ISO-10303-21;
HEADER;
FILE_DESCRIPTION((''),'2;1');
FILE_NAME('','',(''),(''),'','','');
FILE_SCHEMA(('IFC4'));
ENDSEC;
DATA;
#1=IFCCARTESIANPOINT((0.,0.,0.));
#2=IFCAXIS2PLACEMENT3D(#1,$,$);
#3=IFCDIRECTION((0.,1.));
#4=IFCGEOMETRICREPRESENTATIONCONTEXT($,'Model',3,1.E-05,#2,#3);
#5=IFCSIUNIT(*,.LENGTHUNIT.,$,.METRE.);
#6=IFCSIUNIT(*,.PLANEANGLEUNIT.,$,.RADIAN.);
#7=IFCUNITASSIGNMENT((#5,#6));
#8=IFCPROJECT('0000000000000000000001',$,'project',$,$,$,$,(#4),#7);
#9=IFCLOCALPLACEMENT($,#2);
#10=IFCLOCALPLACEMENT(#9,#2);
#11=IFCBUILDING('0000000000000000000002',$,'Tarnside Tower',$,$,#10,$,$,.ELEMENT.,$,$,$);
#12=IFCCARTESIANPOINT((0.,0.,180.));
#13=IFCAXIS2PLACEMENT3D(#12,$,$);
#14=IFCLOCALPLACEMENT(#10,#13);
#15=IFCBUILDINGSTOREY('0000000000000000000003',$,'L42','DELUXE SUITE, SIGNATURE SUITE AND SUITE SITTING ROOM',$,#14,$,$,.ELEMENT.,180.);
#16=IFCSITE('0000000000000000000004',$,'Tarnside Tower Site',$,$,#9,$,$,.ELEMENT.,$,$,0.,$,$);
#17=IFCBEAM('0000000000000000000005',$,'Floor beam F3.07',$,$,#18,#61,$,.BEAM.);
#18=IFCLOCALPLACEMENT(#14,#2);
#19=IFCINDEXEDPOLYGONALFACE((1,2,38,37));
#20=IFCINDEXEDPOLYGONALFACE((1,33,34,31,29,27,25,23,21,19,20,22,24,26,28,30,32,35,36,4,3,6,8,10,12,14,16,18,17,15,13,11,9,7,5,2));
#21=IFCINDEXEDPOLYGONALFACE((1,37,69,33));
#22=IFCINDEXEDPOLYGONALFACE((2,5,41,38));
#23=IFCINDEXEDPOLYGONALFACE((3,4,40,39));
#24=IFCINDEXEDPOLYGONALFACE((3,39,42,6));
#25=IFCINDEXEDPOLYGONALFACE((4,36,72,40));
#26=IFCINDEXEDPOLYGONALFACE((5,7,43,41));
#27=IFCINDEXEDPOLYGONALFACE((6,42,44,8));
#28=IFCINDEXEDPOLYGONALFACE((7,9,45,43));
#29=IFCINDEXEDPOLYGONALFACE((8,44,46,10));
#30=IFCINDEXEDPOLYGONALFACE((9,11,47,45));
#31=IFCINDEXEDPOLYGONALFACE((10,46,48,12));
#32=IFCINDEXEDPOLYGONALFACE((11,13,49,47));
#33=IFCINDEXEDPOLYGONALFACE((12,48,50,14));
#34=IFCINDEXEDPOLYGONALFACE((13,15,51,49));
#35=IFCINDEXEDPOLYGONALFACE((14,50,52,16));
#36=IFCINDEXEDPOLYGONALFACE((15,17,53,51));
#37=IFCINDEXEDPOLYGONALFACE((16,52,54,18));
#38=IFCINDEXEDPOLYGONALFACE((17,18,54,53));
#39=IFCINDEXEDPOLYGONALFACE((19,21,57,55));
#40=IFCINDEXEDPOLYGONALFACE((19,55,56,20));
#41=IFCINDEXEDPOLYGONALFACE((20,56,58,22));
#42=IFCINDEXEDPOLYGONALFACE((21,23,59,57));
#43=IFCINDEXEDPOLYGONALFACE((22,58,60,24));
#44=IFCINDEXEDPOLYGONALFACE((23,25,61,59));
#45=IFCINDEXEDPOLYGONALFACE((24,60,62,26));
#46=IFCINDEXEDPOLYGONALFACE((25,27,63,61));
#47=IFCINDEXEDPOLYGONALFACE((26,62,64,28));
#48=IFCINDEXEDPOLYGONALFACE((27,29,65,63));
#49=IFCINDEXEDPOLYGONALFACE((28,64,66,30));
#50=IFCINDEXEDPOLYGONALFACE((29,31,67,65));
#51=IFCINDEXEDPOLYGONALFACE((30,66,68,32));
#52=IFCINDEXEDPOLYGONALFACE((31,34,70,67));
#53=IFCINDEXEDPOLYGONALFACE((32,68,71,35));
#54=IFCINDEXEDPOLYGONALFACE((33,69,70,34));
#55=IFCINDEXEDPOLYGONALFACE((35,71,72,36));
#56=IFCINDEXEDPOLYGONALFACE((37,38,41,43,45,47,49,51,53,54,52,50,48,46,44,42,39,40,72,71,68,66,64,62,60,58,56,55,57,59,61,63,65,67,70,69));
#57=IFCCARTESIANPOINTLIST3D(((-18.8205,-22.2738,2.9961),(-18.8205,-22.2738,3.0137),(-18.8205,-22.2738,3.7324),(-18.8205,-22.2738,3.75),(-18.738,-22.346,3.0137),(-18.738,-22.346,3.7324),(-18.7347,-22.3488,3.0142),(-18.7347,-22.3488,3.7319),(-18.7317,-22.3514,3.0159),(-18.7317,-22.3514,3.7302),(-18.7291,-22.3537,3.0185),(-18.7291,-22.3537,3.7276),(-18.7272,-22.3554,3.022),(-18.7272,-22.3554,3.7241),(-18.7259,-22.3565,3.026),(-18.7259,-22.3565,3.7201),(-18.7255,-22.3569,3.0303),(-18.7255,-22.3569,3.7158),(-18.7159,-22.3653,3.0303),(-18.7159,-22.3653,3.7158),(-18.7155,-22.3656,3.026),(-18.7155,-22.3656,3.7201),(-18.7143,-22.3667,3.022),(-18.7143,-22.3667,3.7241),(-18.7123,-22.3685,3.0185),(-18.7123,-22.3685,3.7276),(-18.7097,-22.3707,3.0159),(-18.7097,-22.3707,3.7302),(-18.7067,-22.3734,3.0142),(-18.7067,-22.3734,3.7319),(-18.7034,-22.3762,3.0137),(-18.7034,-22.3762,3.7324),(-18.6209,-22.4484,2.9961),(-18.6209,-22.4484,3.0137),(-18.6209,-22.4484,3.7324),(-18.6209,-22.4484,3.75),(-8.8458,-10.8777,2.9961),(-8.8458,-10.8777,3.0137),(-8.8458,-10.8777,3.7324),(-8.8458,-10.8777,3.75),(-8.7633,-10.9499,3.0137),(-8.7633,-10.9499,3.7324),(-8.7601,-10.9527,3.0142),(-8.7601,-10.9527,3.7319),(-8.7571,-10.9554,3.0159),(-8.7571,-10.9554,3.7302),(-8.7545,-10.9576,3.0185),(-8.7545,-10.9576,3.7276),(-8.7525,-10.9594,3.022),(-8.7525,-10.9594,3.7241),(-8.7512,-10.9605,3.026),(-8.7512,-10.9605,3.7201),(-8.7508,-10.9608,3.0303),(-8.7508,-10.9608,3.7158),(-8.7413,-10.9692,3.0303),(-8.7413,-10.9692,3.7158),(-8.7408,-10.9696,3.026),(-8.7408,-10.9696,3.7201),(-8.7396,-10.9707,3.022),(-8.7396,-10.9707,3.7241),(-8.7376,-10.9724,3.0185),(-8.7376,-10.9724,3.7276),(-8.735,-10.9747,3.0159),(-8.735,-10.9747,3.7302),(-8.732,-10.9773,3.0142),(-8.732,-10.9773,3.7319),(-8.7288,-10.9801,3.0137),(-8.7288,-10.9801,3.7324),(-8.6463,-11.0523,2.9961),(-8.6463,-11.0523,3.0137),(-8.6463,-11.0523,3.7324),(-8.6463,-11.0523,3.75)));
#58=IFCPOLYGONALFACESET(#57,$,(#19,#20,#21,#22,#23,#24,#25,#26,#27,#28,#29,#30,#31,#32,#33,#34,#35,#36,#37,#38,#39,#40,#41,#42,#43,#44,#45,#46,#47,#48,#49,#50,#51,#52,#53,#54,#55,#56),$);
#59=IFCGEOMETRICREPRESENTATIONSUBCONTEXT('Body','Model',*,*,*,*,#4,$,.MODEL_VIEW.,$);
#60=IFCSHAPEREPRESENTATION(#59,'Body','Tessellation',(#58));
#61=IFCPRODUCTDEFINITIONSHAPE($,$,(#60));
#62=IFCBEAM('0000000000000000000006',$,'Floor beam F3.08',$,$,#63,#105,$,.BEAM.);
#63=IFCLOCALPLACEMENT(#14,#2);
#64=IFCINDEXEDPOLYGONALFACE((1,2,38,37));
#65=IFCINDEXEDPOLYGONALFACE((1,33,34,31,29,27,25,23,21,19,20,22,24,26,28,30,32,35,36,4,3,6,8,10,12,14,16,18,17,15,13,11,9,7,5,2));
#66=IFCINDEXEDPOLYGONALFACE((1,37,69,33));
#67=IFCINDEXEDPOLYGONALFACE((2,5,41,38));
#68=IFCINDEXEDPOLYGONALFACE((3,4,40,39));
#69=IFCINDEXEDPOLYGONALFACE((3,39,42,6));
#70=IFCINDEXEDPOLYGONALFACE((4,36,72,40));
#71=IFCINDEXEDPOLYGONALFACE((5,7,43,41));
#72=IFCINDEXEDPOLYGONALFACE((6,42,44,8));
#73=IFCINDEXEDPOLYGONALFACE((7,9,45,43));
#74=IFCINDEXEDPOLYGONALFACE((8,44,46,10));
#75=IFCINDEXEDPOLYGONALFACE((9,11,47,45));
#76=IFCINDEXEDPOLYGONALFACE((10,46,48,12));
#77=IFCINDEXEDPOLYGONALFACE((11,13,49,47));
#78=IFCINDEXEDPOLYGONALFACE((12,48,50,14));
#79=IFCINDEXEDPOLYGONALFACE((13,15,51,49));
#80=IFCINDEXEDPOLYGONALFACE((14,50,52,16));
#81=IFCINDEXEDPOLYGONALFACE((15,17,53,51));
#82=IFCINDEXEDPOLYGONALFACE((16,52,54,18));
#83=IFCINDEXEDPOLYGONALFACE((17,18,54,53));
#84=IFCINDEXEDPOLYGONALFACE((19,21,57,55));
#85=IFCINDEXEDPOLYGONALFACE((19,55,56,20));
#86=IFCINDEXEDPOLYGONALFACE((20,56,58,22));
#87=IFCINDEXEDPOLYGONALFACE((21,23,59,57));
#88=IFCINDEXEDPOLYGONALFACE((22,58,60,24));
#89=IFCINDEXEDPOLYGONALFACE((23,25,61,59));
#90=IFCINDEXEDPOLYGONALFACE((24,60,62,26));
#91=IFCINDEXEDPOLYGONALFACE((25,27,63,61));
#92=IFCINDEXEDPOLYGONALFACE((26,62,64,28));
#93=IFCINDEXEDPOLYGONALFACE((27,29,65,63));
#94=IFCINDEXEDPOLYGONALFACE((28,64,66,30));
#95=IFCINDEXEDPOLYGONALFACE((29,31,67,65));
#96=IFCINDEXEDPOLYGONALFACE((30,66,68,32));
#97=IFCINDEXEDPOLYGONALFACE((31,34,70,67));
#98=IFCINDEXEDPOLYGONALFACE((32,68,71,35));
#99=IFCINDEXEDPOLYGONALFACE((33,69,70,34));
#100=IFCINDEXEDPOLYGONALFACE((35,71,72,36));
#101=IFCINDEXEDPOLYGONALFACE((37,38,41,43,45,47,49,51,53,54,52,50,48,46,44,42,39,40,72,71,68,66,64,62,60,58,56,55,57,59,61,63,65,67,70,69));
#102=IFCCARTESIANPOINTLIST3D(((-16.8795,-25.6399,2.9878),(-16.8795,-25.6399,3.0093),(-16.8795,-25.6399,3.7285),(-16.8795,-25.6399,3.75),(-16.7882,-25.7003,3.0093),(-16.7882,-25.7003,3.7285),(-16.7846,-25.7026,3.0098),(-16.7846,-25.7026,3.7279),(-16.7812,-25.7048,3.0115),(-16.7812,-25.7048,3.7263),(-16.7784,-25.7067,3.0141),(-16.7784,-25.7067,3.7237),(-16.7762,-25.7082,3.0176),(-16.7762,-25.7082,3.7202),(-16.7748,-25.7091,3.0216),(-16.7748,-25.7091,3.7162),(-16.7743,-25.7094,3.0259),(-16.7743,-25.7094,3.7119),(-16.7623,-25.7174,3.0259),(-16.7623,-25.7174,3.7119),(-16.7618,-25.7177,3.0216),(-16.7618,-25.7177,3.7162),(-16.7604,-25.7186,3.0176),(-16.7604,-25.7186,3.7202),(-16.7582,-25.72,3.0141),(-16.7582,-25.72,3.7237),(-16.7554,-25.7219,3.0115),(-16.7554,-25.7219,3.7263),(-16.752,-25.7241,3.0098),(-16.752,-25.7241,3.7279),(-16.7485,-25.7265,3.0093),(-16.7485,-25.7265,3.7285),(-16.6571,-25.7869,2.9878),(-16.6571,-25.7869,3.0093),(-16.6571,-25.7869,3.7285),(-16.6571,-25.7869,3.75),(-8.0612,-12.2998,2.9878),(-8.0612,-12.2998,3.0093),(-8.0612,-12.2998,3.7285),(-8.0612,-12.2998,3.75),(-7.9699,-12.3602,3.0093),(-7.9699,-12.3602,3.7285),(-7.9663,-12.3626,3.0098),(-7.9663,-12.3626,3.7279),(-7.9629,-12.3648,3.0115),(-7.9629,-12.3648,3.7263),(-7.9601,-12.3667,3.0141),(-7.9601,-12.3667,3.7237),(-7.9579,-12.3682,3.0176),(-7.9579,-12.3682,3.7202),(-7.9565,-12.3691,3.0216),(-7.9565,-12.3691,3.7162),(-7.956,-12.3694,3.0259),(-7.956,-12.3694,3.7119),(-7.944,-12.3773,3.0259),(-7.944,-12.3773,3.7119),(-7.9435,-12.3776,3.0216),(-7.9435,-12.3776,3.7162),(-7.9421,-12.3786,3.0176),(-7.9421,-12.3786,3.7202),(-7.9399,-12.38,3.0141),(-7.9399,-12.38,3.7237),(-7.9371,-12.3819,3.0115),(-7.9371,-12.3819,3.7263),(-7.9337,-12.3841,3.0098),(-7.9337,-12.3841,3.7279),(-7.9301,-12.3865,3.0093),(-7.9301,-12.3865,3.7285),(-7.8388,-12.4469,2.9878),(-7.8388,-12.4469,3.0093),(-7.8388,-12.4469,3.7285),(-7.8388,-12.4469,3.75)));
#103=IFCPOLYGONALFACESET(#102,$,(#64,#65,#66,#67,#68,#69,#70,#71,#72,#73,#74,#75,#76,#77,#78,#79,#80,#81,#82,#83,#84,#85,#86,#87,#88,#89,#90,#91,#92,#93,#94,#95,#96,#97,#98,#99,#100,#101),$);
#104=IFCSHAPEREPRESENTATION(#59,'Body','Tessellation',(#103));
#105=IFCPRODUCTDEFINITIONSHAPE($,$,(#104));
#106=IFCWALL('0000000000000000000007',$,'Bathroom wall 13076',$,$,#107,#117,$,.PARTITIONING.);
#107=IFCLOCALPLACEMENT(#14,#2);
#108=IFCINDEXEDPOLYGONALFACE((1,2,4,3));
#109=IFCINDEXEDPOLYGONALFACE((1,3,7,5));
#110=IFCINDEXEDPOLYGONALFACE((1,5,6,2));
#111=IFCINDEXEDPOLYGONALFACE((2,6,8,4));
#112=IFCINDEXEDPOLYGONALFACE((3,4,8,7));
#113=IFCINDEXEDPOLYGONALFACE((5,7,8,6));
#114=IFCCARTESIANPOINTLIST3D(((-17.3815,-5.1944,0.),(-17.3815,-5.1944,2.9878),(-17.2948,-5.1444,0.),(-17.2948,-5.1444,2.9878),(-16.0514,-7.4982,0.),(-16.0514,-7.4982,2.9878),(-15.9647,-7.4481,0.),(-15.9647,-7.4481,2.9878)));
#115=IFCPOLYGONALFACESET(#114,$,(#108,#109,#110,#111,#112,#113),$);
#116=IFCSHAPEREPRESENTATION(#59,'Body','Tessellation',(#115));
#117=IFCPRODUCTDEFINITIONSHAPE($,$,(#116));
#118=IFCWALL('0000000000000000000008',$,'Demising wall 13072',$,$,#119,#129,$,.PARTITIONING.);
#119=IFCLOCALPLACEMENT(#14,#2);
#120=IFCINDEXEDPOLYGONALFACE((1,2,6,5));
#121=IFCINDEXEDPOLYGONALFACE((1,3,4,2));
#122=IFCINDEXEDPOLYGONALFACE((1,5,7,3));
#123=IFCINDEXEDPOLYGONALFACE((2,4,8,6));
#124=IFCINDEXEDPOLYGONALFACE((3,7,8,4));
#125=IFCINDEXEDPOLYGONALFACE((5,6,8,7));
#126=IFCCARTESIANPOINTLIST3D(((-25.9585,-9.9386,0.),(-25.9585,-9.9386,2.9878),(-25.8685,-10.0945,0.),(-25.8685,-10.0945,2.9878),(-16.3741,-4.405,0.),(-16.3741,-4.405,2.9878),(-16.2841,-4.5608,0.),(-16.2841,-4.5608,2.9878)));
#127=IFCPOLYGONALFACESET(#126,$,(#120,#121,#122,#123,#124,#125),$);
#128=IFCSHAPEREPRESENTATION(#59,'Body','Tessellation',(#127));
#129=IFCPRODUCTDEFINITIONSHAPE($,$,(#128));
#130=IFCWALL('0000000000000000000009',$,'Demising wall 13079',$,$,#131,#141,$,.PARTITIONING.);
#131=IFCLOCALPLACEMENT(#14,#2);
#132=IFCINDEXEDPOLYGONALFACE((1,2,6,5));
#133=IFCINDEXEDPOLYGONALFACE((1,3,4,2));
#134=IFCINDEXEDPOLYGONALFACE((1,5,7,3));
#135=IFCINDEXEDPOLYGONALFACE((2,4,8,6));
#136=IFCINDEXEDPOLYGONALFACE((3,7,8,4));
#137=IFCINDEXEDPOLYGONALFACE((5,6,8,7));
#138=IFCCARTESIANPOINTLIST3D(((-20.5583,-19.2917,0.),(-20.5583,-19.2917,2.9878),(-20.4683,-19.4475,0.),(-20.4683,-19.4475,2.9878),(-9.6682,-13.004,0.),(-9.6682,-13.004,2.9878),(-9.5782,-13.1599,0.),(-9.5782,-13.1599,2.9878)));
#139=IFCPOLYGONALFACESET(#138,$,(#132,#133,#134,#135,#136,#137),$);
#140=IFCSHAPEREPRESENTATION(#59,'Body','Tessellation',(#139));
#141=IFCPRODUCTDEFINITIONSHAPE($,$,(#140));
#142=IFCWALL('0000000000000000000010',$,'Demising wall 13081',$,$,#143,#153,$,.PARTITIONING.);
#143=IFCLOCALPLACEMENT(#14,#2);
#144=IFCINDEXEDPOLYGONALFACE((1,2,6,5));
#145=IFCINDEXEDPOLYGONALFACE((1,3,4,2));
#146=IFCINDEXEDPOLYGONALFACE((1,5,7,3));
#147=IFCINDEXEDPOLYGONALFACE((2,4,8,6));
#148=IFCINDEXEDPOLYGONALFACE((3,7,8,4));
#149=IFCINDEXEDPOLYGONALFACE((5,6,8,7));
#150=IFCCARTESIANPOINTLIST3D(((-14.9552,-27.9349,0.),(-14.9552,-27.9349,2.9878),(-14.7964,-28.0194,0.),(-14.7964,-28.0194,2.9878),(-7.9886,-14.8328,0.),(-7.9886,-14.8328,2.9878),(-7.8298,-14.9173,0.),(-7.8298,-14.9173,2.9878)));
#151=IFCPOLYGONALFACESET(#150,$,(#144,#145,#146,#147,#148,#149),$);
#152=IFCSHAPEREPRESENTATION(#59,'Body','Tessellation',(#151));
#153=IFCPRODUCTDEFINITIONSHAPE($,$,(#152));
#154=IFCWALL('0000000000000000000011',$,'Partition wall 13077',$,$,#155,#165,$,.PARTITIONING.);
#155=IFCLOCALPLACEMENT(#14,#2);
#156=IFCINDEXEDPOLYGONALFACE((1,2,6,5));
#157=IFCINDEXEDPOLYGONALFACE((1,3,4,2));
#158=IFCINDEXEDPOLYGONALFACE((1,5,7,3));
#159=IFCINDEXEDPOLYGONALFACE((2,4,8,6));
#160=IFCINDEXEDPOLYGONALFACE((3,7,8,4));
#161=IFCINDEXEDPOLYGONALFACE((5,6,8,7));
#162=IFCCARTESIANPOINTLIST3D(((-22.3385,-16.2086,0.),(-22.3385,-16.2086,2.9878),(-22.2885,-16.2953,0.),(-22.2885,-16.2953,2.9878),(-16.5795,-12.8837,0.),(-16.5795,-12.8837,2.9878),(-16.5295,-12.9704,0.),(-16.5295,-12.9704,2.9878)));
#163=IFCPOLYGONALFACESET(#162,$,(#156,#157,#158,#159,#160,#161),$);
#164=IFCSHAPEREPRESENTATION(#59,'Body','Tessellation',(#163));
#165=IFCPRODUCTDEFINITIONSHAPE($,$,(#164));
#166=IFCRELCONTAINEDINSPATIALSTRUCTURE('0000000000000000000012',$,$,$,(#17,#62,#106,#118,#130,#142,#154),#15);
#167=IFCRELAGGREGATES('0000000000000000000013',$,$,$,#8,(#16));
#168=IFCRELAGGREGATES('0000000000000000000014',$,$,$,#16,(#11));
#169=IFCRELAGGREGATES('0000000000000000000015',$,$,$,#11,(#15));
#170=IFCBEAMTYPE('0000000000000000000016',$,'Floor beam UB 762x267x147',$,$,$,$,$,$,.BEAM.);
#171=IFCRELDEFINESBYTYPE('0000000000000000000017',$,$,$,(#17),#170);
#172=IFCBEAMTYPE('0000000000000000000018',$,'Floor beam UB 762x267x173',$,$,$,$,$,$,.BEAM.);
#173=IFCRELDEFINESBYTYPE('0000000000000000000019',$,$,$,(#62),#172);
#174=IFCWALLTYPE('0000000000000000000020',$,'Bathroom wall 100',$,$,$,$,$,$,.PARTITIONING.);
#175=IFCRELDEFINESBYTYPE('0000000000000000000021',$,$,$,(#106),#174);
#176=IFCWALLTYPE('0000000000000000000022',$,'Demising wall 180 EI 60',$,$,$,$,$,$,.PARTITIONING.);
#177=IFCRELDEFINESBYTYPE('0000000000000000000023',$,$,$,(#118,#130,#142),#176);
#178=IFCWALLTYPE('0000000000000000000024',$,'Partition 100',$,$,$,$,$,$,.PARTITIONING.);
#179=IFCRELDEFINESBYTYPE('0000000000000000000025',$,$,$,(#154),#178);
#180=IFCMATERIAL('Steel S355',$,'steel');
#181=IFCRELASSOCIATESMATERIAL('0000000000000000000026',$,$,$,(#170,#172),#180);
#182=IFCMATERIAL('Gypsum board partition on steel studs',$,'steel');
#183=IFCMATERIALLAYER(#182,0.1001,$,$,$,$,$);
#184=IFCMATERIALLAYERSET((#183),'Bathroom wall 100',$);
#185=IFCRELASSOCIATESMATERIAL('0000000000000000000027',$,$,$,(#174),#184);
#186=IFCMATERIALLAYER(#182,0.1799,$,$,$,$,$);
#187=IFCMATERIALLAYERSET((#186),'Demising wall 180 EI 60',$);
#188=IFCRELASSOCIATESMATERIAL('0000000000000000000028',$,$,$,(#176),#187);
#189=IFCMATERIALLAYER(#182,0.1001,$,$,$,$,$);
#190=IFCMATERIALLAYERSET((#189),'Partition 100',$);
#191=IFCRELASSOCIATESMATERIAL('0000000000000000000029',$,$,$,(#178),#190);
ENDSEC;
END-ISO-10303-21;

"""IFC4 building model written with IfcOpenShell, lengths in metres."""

from ifc_helpers import new_model, si_unit, direction, frame, frame_2d, origin, origin_2d, place, context, subcontext, project, spatial, rectangle, i_section, extrude, material, layer, layer_set, material_profile, profile_set, type_object, element, save


model = new_model("IFC4")

# Units and contexts
model_context = context("Model", 3, precision=1e-05, world=origin(), true_north=direction((0.0, 1.0)))
body_context = subcontext(model_context, "Body", "Model", "MODEL_VIEW")
ifc_project = project(units=[si_unit("LENGTHUNIT", "METRE"), si_unit("PLANEANGLEUNIT", "RADIAN")], contexts=[model_context])

# Site, building, storey
site_placement = place(None, origin())
site = spatial("IfcSite", under=ifc_project, at=site_placement, Name="Tarnside Tower Site", CompositionType="ELEMENT", RefElevation=0.0)
building_placement = place(site_placement, origin())
building = spatial("IfcBuilding", under=site, at=building_placement, Name="Tarnside Tower", CompositionType="ELEMENT")
storey_placement = place(building_placement, frame((0.0, 0.0, 180.0)))
storey = spatial("IfcBuildingStorey", under=building, at=storey_placement, Name="L42", Description="DELUXE SUITE, SIGNATURE SUITE AND SUITE SITTING ROOM", CompositionType="ELEMENT", Elevation=180.0)

# Beams
ifc_material_1 = material(Name="Steel S355", Category="steel")
ifc_material_profile_1 = material_profile(ifc_material_1, i_section(OverallWidth=0.2651, OverallDepth=0.7539, WebThickness=0.0127, FlangeThickness=0.0176, FilletRadius=0.0166, at=origin_2d()), Name="UB 762x267x147")
ifc_profile_set_1 = profile_set([ifc_material_profile_1], Name="Steel S355")
beam_type_1 = type_object("IfcBeamType", Name="Floor beam UB 762x267x147", PredefinedType="BEAM", material=ifc_profile_set_1)
beam_1_placement = place(storey_placement, frame((-18.7207, -22.3611, 3.373), z_axis=(0.658621, 0.752475, 0.0), x_axis=(-0.752475, 0.658621, 0.0)))
element("IfcBeam", 1, at=beam_1_placement, inside=storey, type_object=beam_type_1, Name="Floor beam F3.07", PredefinedType="BEAM", context=body_context, shape_type="SweptSolid", body=[
    extrude(i_section(OverallWidth=0.2651, OverallDepth=0.7539, WebThickness=0.0127, FlangeThickness=0.0176, FilletRadius=0.0166, at=origin_2d()), origin(), (0.0, 0.0, 1.0), 15.1448),
])
ifc_material_profile_2 = material_profile(ifc_material_1, i_section(OverallWidth=0.2666, OverallDepth=0.7622, WebThickness=0.0144, FlangeThickness=0.0215, FilletRadius=0.0166, at=origin_2d()), Name="UB 762x267x173")
ifc_profile_set_2 = profile_set([ifc_material_profile_2], Name="Steel S355")
beam_type_2 = type_object("IfcBeamType", Name="Floor beam UB 762x267x173", PredefinedType="BEAM", material=ifc_profile_set_2)
beam_2_placement = place(storey_placement, frame((-16.7683, -25.7134, 3.3689), z_axis=(0.551448, 0.83421, 0.0), x_axis=(-0.83421, 0.551448, 0.0)))
element("IfcBeam", 2, at=beam_2_placement, inside=storey, type_object=beam_type_2, Name="Floor beam F3.08", PredefinedType="BEAM", context=body_context, shape_type="SweptSolid", body=[
    extrude(i_section(OverallWidth=0.2666, OverallDepth=0.7622, WebThickness=0.0144, FlangeThickness=0.0215, FilletRadius=0.0166, at=origin_2d()), origin(), (0.0, 0.0, 1.0), 15.9912),
])

# Walls
ifc_material_2 = material(Name="Gypsum board partition on steel studs", Category="steel")
ifc_layer_1 = layer(ifc_material_2, 0.1001)
ifc_layer_set_1 = layer_set([ifc_layer_1], Name="Bathroom wall 100")
wall_type_1 = type_object("IfcWallType", Name="Bathroom wall 100", PredefinedType="PARTITIONING", material=ifc_layer_set_1)
wall_1_placement = place(storey_placement, frame((-16.0081, -7.4731, 0.0), z_axis=(0.0, 0.0, 1.0), x_axis=(-0.500008, 0.866021, 0.0)))
element("IfcWall", 3, at=wall_1_placement, inside=storey, type_object=wall_type_1, Name="Bathroom wall 13076", PredefinedType="PARTITIONING", context=body_context, shape_type="SweptSolid", body=[
    extrude(rectangle(XDim=2.6602, YDim=0.1001, at=frame_2d((1.3301, 0.0))), origin(), (0.0, 0.0, 1.0), 2.9878),
])
ifc_layer_2 = layer(ifc_material_2, 0.1799)
ifc_layer_set_2 = layer_set([ifc_layer_2], Name="Demising wall 180 EI 60")
wall_type_2 = type_object("IfcWallType", Name="Demising wall 180 EI 60", PredefinedType="PARTITIONING", material=ifc_layer_set_2)
wall_2_placement = place(storey_placement, frame((-25.9136, -10.0166, 0.0), z_axis=(0.0, 0.0, 1.0), x_axis=(0.866022, 0.500006, 0.0)))
element("IfcWall", 4, at=wall_2_placement, inside=storey, type_object=wall_type_2, Name="Demising wall 13072", PredefinedType="PARTITIONING", context=body_context, shape_type="SweptSolid", body=[
    extrude(rectangle(XDim=11.0671, YDim=0.1799, at=frame_2d((5.5337, 0.0))), origin(), (0.0, 0.0, 1.0), 2.9878),
])
wall_3_placement = place(storey_placement, frame((-20.5134, -19.3696, 0.0), z_axis=(0.0, 0.0, 1.0), x_axis=(0.866019, 0.50001, 0.0)))
element("IfcWall", 5, at=wall_3_placement, inside=storey, type_object=wall_type_2, Name="Demising wall 13079", PredefinedType="PARTITIONING", context=body_context, shape_type="SweptSolid", body=[
    extrude(rectangle(XDim=12.575, YDim=0.1799, at=frame_2d((6.2876, 0.0))), origin(), (0.0, 0.0, 1.0), 2.9878),
])
wall_4_placement = place(storey_placement, frame((-14.8757, -27.9771, 0.0), z_axis=(0.0, 0.0, 1.0), x_axis=(0.469475, 0.882946, 0.0)))
element("IfcWall", 6, at=wall_4_placement, inside=storey, type_object=wall_type_2, Name="Demising wall 13081", PredefinedType="PARTITIONING", context=body_context, shape_type="SweptSolid", body=[
    extrude(rectangle(XDim=14.8391, YDim=0.1799, at=frame_2d((7.4194, 0.0))), origin(), (0.0, 0.0, 1.0), 2.9878),
])
ifc_layer_3 = layer(ifc_material_2, 0.1001)
ifc_layer_set_3 = layer_set([ifc_layer_3], Name="Partition 100")
wall_type_3 = type_object("IfcWallType", Name="Partition 100", PredefinedType="PARTITIONING", material=ifc_layer_set_3)
wall_5_placement = place(storey_placement, frame((-22.3135, -16.252, 0.0), z_axis=(0.0, 0.0, 1.0), x_axis=(0.866027, 0.499997, 0.0)))
element("IfcWall", 7, at=wall_5_placement, inside=storey, type_object=wall_type_3, Name="Partition wall 13077", PredefinedType="PARTITIONING", context=body_context, shape_type="SweptSolid", body=[
    extrude(rectangle(XDim=6.6499, YDim=0.1001, at=frame_2d((3.325, 0.0))), origin(), (0.0, 0.0, 1.0), 2.9878),
])

save(model, "model.ifc")
